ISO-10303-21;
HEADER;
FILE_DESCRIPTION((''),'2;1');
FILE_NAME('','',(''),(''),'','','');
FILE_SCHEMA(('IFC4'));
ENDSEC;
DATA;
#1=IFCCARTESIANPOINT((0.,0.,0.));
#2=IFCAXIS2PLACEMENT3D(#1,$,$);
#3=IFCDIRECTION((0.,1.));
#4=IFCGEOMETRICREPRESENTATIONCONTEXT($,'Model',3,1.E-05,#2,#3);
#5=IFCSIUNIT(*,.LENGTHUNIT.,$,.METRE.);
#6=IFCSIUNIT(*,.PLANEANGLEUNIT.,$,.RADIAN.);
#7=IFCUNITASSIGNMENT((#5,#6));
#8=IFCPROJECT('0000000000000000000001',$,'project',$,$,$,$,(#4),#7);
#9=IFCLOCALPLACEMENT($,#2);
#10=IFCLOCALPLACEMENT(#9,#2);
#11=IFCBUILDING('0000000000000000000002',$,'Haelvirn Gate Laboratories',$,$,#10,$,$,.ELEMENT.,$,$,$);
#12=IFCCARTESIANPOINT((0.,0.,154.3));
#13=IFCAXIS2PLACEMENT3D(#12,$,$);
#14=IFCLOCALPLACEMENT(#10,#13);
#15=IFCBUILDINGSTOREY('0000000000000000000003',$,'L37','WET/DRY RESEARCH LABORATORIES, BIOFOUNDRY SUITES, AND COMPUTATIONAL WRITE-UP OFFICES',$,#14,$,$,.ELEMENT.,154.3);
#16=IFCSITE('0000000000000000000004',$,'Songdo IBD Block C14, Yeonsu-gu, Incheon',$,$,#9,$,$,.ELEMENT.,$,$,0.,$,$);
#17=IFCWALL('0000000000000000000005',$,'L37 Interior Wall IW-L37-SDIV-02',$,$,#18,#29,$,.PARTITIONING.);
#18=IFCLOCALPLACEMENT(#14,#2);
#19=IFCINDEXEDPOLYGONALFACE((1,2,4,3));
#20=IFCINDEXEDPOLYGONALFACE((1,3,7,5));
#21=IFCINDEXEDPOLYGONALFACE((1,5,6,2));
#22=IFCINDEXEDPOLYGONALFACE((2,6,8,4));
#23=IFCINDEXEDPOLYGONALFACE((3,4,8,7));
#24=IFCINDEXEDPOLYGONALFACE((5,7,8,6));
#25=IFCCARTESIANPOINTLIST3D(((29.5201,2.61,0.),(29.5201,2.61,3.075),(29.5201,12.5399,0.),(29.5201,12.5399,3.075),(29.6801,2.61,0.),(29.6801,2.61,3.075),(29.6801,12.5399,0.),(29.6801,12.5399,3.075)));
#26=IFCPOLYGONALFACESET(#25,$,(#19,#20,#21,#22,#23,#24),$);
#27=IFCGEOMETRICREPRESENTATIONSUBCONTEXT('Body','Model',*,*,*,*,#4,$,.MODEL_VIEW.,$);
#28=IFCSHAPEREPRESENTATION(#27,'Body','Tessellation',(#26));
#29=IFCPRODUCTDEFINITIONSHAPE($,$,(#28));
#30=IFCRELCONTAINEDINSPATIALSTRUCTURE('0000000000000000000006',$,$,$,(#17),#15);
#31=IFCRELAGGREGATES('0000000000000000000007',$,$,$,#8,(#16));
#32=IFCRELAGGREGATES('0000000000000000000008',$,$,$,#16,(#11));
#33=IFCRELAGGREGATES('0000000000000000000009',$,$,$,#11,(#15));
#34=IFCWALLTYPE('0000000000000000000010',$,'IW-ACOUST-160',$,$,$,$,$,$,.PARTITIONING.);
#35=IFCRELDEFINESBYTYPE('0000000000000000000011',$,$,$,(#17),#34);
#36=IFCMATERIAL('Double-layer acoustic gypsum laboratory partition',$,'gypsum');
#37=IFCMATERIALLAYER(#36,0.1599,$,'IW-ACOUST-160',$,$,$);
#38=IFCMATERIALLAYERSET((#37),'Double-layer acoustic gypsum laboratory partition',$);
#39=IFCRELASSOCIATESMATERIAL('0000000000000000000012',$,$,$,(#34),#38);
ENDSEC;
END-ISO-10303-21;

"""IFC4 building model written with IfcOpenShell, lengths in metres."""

from ifc_helpers import new_model, si_unit, direction, frame, frame_2d, origin, place, context, subcontext, project, spatial, rectangle, extrude, material, layer, layer_set, type_object, element, save


model = new_model("IFC4")

# Units and contexts
model_context = context("Model", 3, precision=1e-05, world=origin(), true_north=direction((0.0, 1.0)))
body_context = subcontext(model_context, "Body", "Model", "MODEL_VIEW")
ifc_project = project(units=[si_unit("LENGTHUNIT", "METRE"), si_unit("PLANEANGLEUNIT", "RADIAN")], contexts=[model_context])

# Site, building, storey
site_placement = place(None, origin())
site = spatial("IfcSite", under=ifc_project, at=site_placement, Name="Songdo IBD Block C14, Yeonsu-gu, Incheon", CompositionType="ELEMENT", RefElevation=0.0)
building_placement = place(site_placement, origin())
building = spatial("IfcBuilding", under=site, at=building_placement, Name="Haelvirn Gate Laboratories", CompositionType="ELEMENT")
storey_placement = place(building_placement, frame((0.0, 0.0, 154.3)))
storey = spatial("IfcBuildingStorey", under=building, at=storey_placement, Name="L37", Description="WET/DRY RESEARCH LABORATORIES, BIOFOUNDRY SUITES, AND COMPUTATIONAL WRITE-UP OFFICES", CompositionType="ELEMENT", Elevation=154.3)

# Wall
ifc_material_1 = material(Name="Double-layer acoustic gypsum laboratory partition", Category="gypsum")
ifc_layer_1 = layer(ifc_material_1, 0.1599, Name="IW-ACOUST-160")
ifc_layer_set_1 = layer_set([ifc_layer_1], Name="Double-layer acoustic gypsum laboratory partition")
wall_type_1 = type_object("IfcWallType", Name="IW-ACOUST-160", PredefinedType="PARTITIONING", material=ifc_layer_set_1)
wall_1_placement = place(storey_placement, frame((29.6001, 2.6101, 0.0), z_axis=(0.0, 0.0, 1.0), x_axis=(0.0, 1.0, 0.0)))
element("IfcWall", 1, at=wall_1_placement, inside=storey, type_object=wall_type_1, Name="L37 Interior Wall IW-L37-SDIV-02", PredefinedType="PARTITIONING", context=body_context, shape_type="SweptSolid", body=[
    extrude(rectangle(XDim=9.9299, YDim=0.1599, at=frame_2d((4.9648, 0.0))), origin(), (0.0, 0.0, 1.0), 3.075),
])

save(model, "model.ifc")
